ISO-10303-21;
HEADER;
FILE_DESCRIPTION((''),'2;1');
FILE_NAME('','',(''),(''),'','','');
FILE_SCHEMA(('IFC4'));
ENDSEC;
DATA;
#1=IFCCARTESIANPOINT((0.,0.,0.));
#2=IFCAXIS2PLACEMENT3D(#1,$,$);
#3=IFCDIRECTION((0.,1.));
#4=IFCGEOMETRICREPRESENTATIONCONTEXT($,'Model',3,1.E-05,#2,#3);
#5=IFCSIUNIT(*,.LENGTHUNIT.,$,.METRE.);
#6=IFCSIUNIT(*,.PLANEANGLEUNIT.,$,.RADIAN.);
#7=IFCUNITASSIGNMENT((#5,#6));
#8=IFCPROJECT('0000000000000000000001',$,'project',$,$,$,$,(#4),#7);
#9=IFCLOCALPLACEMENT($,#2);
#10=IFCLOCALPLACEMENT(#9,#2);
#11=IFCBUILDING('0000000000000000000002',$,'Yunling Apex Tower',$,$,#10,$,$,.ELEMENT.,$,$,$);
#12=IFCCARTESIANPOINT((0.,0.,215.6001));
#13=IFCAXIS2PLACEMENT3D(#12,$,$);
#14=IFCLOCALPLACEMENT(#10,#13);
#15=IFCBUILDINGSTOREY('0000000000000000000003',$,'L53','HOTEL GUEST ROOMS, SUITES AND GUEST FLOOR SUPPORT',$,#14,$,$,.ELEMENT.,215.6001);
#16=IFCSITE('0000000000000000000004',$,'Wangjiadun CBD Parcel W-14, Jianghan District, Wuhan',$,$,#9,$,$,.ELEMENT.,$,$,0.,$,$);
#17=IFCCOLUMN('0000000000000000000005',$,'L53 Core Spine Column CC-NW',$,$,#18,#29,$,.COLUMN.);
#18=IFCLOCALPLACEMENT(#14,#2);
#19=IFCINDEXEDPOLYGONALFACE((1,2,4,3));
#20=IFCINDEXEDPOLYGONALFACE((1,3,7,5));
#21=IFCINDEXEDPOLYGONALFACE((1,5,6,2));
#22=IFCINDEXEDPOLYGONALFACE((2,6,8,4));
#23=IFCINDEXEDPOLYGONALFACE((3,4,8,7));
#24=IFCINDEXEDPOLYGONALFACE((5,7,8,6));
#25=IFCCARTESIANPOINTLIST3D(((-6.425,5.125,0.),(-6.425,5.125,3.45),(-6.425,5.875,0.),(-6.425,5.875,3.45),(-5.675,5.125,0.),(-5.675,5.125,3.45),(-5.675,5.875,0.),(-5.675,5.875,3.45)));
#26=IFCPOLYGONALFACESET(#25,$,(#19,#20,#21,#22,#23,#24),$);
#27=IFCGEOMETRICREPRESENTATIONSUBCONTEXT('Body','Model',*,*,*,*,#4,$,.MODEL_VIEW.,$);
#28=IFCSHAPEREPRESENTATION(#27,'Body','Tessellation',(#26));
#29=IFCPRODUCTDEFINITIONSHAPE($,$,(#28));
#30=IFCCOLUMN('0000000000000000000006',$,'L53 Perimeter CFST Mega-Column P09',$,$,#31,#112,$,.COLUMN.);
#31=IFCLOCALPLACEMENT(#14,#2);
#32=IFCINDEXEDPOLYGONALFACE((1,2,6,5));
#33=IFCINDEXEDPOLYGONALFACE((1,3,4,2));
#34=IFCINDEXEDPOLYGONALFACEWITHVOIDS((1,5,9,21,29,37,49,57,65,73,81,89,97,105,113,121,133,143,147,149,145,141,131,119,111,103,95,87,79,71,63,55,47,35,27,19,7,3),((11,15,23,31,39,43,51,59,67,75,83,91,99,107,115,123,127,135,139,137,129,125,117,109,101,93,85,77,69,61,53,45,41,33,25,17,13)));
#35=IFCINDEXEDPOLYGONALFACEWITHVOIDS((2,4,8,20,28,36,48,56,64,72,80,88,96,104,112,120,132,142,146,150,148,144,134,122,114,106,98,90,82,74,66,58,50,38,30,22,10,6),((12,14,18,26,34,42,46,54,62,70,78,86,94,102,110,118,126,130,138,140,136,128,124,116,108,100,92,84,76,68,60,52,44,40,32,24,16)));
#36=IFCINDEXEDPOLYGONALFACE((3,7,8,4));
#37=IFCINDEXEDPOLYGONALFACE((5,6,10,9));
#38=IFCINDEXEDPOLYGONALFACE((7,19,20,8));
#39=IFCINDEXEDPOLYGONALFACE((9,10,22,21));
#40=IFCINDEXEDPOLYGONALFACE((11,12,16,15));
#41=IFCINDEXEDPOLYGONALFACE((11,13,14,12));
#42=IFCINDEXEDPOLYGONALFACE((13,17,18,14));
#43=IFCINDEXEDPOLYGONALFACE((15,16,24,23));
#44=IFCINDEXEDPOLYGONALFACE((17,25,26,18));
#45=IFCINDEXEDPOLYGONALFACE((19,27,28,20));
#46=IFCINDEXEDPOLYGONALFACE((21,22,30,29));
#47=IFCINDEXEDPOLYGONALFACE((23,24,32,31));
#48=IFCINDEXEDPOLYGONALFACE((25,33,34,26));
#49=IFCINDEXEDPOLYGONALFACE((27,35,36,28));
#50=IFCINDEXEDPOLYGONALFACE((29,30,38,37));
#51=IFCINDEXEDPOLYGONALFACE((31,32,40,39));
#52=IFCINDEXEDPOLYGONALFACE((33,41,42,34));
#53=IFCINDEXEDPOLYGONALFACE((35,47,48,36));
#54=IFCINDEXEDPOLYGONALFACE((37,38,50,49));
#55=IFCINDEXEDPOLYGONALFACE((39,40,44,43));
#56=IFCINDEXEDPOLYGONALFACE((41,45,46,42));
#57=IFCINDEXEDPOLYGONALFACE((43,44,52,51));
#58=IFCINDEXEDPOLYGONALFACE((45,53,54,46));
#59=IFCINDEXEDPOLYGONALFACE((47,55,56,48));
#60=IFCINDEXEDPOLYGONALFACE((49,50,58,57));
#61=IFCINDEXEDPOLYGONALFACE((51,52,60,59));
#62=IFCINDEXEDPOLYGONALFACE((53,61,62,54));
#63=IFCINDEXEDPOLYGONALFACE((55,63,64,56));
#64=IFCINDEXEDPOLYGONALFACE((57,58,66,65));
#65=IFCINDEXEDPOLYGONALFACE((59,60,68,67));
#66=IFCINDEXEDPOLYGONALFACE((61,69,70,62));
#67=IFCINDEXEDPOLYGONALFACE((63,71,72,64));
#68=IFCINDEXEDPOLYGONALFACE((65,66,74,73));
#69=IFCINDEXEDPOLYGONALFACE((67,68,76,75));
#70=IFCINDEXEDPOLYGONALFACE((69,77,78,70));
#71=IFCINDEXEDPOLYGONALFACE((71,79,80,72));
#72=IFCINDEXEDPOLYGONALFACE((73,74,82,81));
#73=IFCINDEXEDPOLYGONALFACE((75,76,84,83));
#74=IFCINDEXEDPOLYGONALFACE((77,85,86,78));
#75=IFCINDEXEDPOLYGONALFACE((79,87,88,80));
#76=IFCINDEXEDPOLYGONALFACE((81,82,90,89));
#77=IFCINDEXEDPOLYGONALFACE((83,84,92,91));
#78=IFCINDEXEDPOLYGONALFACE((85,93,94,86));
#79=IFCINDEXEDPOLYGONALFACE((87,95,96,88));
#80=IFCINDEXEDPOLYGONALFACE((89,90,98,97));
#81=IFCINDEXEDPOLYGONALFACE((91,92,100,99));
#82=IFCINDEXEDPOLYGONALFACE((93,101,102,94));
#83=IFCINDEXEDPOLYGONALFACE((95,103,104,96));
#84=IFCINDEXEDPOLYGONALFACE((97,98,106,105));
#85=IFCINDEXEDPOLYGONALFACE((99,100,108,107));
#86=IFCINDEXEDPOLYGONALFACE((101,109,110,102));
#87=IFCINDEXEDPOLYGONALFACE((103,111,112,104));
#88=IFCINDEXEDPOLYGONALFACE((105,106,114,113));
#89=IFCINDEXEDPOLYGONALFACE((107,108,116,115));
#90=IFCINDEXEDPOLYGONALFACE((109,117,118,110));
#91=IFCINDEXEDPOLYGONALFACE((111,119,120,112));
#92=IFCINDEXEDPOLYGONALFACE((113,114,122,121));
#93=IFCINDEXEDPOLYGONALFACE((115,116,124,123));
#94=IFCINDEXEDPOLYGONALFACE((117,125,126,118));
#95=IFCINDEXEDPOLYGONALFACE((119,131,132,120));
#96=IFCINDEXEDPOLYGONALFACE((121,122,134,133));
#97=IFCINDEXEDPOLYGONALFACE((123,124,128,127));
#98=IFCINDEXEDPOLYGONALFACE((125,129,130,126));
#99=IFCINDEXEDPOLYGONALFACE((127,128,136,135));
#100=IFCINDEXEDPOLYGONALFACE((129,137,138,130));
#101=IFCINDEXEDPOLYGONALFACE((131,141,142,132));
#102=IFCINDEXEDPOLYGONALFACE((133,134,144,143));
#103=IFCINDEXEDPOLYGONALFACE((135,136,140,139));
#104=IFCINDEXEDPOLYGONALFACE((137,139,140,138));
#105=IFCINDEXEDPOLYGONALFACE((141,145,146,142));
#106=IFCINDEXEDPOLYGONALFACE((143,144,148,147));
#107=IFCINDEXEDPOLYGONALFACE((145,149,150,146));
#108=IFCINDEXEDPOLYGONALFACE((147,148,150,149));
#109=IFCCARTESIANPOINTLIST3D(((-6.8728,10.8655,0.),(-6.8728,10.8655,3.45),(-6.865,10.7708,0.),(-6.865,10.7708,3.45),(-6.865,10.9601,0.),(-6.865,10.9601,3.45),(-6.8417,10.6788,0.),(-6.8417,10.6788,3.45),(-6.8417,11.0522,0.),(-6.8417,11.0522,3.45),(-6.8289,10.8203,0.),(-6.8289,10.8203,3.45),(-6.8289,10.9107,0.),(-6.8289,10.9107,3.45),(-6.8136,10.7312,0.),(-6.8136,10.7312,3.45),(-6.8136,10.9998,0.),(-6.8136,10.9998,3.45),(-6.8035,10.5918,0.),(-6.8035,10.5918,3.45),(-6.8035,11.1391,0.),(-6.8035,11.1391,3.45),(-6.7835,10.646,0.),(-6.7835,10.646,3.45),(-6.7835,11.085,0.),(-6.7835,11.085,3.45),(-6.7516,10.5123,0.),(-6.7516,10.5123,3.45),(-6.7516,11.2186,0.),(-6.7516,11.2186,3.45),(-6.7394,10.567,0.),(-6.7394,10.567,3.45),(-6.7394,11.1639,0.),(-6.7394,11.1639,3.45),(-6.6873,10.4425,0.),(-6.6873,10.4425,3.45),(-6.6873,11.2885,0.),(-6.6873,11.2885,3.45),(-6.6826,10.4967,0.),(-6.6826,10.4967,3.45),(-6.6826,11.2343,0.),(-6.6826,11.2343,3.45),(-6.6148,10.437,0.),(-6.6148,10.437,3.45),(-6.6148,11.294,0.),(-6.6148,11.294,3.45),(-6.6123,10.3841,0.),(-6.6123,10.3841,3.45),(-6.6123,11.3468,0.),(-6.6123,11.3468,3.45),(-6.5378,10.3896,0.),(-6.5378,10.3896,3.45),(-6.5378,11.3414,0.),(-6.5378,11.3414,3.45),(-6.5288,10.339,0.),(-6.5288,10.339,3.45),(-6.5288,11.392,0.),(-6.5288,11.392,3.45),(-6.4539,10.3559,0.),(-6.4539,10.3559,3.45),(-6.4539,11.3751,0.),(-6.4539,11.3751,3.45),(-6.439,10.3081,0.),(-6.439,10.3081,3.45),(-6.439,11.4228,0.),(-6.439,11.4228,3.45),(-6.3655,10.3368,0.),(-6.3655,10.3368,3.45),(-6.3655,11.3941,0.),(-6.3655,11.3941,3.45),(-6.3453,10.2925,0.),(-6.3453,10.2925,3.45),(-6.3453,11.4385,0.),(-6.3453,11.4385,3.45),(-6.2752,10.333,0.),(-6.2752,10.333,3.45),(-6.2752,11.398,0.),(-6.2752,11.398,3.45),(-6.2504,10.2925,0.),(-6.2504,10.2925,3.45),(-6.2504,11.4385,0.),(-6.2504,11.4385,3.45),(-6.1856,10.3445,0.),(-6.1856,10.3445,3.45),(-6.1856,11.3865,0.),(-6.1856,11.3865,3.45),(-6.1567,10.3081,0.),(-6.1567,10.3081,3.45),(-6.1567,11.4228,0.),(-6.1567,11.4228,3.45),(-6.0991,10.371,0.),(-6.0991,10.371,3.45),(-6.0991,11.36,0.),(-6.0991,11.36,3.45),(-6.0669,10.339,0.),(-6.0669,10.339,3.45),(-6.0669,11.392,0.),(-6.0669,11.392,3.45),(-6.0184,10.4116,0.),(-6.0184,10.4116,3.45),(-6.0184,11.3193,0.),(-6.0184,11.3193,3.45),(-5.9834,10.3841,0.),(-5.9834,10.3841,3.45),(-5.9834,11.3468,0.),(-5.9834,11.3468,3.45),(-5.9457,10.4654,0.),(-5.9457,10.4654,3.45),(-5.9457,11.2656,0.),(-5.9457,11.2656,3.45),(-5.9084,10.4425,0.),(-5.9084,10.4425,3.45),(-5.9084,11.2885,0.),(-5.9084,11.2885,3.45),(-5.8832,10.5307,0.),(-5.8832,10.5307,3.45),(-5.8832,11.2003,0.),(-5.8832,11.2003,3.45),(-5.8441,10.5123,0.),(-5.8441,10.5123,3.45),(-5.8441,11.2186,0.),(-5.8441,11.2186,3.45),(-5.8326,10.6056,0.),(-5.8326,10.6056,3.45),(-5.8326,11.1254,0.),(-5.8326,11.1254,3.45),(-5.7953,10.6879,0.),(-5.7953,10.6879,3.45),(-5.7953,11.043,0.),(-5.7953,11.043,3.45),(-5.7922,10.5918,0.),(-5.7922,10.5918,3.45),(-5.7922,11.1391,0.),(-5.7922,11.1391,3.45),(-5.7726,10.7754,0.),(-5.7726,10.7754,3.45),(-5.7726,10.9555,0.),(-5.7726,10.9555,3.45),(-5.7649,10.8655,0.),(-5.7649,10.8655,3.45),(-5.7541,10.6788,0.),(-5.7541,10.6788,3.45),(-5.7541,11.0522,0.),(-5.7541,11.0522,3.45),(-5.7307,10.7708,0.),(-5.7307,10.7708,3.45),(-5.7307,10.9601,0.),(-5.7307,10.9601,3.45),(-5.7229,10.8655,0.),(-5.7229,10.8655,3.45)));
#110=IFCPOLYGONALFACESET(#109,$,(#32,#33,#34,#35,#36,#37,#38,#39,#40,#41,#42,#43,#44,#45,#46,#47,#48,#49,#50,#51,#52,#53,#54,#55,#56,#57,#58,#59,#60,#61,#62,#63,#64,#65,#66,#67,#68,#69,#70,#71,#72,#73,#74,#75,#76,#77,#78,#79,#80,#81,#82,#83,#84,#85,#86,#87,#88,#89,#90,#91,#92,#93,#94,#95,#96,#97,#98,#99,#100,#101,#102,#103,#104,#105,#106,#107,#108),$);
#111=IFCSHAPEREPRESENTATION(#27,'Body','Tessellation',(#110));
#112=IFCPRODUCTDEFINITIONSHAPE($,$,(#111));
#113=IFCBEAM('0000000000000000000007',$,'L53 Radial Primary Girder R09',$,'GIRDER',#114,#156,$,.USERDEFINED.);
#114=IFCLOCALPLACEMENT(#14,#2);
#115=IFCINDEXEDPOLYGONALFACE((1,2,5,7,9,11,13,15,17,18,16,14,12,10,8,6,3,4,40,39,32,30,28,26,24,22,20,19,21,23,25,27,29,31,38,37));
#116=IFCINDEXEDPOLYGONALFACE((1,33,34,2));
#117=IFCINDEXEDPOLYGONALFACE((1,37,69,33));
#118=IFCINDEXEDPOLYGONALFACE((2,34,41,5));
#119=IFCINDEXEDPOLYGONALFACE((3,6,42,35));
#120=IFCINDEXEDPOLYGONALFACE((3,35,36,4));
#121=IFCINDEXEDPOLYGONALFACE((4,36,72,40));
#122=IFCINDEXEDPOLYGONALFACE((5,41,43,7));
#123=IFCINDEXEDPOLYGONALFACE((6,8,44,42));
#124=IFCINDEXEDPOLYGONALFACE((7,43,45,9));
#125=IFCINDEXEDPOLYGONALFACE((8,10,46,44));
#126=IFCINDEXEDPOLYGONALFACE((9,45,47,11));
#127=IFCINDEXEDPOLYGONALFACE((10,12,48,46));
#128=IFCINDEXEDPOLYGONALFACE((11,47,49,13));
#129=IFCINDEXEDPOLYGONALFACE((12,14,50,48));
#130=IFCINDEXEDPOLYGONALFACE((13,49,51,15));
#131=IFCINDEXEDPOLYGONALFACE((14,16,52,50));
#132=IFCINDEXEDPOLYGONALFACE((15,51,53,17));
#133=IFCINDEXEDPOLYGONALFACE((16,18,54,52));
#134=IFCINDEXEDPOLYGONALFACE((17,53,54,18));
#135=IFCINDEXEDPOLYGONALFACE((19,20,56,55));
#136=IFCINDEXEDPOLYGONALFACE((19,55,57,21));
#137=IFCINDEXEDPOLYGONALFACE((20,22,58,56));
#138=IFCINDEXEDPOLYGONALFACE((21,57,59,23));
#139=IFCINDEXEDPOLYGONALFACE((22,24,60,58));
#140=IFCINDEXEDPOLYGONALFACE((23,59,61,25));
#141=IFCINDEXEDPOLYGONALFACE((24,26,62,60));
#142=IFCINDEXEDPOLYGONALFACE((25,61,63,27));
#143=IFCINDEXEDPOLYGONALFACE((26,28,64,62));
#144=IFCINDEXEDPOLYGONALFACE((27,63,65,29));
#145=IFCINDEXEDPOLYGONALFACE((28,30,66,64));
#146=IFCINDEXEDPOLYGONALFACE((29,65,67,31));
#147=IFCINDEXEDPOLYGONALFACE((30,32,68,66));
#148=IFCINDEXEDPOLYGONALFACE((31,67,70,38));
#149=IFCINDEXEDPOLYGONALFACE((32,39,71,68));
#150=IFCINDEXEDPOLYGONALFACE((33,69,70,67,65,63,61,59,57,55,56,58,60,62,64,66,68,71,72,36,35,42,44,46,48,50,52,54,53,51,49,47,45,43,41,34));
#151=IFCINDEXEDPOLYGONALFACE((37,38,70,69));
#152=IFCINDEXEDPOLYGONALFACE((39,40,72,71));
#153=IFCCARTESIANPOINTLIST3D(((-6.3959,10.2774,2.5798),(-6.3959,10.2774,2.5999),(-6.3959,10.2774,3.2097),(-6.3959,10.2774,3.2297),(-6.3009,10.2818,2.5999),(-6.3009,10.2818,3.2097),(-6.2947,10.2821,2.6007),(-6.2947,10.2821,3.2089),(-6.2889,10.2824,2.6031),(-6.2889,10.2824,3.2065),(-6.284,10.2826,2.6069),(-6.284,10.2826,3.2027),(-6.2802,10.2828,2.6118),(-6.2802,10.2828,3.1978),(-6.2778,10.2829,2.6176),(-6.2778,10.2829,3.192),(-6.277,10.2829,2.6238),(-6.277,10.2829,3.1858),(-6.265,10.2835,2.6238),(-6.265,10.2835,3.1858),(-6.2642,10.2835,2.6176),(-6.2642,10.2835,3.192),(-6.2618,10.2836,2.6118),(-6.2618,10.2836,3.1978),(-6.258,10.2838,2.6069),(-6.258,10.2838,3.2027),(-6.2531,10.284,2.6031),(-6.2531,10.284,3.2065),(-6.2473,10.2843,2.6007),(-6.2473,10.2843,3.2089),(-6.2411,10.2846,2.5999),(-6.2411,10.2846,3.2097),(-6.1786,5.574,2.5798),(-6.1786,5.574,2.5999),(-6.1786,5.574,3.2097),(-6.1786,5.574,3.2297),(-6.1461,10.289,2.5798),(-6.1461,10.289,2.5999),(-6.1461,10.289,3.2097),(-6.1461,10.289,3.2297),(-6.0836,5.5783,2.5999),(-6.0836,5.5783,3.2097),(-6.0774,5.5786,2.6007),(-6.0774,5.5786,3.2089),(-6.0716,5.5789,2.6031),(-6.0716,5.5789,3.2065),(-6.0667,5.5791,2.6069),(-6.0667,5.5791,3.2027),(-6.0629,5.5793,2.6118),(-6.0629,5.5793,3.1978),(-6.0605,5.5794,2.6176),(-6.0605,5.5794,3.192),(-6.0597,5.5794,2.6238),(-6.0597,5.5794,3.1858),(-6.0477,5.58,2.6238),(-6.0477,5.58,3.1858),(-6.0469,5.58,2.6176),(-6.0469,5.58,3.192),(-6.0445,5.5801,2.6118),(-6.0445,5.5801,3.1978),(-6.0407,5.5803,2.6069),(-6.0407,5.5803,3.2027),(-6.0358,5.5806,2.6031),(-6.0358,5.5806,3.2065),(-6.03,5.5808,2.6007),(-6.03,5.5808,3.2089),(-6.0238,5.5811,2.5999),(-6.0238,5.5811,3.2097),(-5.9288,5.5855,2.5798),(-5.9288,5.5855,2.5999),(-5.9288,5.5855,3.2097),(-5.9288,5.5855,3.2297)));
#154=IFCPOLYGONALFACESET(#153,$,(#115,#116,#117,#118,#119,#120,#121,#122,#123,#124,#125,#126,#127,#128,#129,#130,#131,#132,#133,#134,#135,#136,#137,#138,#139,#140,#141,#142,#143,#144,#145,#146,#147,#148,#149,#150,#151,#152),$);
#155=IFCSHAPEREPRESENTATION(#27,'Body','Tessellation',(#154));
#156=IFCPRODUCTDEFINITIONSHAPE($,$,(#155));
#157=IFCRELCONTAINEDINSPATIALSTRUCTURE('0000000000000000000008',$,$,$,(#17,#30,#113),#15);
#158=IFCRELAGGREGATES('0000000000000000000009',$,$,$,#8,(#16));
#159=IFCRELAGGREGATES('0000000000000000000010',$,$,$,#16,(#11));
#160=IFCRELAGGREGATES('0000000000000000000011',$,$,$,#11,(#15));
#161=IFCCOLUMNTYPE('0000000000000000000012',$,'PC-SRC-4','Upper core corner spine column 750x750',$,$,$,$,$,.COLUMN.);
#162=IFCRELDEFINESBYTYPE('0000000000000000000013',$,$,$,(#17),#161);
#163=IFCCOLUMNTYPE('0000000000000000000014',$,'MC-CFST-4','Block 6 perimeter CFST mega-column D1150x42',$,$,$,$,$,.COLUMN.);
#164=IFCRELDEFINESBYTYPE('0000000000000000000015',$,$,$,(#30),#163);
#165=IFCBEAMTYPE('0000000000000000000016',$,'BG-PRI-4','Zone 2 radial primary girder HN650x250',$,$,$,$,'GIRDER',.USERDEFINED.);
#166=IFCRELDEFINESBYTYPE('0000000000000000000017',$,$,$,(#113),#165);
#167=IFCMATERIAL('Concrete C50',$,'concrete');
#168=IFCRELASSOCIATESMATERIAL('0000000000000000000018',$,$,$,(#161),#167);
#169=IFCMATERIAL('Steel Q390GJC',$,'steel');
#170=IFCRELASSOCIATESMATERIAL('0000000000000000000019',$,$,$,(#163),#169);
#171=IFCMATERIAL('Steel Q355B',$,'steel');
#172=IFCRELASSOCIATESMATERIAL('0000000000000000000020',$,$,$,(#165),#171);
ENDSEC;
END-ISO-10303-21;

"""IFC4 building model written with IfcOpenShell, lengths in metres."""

from ifc_helpers import new_model, si_unit, direction, frame, origin, origin_2d, place, context, subcontext, project, spatial, rectangle, hollow_circle, i_section, extrude, source, transform, mapped, material, material_profile, profile_set, type_object, element, save


model = new_model("IFC4")

# Units and contexts
model_context = context("Model", 3, precision=1e-05, world=origin(), true_north=direction((0.0, 1.0)))
body_context = subcontext(model_context, "Body", "Model", "MODEL_VIEW")
ifc_project = project(units=[si_unit("LENGTHUNIT", "METRE"), si_unit("PLANEANGLEUNIT", "RADIAN")], contexts=[model_context])

# Site, building, storey
site_placement = place(None, origin())
site = spatial("IfcSite", under=ifc_project, at=site_placement, Name="Wangjiadun CBD Parcel W-14, Jianghan District, Wuhan", CompositionType="ELEMENT", RefElevation=0.0)
building_placement = place(site_placement, origin())
building = spatial("IfcBuilding", under=site, at=building_placement, Name="Yunling Apex Tower", CompositionType="ELEMENT")
storey_placement = place(building_placement, frame((0.0, 0.0, 215.6001)))
storey = spatial("IfcBuildingStorey", under=building, at=storey_placement, Name="L53", Description="HOTEL GUEST ROOMS, SUITES AND GUEST FLOOR SUPPORT", CompositionType="ELEMENT", Elevation=215.6001)

# Columns
ifc_material_1 = material(Name="Concrete C50", Category="concrete")
ifc_material_profile_1 = material_profile(ifc_material_1, rectangle(XDim=0.75, YDim=0.75, at=origin_2d()))
ifc_profile_set_1 = profile_set([ifc_material_profile_1], Name="Concrete C50")
column_type_1 = type_object("IfcColumnType", Name="PC-SRC-4", Description="Upper core corner spine column 750x750", PredefinedType="COLUMN", material=ifc_profile_set_1)
shared_shape_1 = source(origin(), body_context, "Body", "SweptSolid", [
    extrude(rectangle(XDim=0.75, YDim=0.75, at=origin_2d()), origin(), (0.0, 0.0, 1.0), 3.45),
])
column_1_placement = place(storey_placement, frame((-6.05, 5.5, 0.0), z_axis=(0.0, 0.0, 1.0), x_axis=(1.0, 0.0, 0.0)))
element("IfcColumn", 1, at=column_1_placement, inside=storey, type_object=column_type_1, Name="L53 Core Spine Column CC-NW", PredefinedType="COLUMN", context=body_context, shape_type="MappedRepresentation", body=[
    mapped(shared_shape_1, transform((0.0, 0.0, 0.0), scale=1.0)),
])
ifc_material_2 = material(Name="Steel Q390GJC", Category="steel")
ifc_material_profile_2 = material_profile(ifc_material_2, hollow_circle(Radius=0.575, WallThickness=0.042, at=origin_2d()))
ifc_profile_set_2 = profile_set([ifc_material_profile_2], Name="Steel Q390GJC")
column_type_2 = type_object("IfcColumnType", Name="MC-CFST-4", Description="Block 6 perimeter CFST mega-column D1150x42", PredefinedType="COLUMN", material=ifc_profile_set_2)
shared_shape_2 = source(origin(), body_context, "Body", "SweptSolid", [
    extrude(hollow_circle(Radius=0.575, WallThickness=0.042, at=origin_2d()), origin(), (0.0, 0.0, 1.0), 3.45),
])
column_2_placement = place(storey_placement, frame((-6.2979, 10.8655, 0.0), z_axis=(0.0, 0.0, 1.0), x_axis=(1.0, 0.0, 0.0)))
element("IfcColumn", 2, at=column_2_placement, inside=storey, type_object=column_type_2, Name="L53 Perimeter CFST Mega-Column P09", PredefinedType="COLUMN", context=body_context, shape_type="MappedRepresentation", body=[
    mapped(shared_shape_2, transform((0.0, 0.0, 0.0), scale=1.0)),
])

# Beam
ifc_material_3 = material(Name="Steel Q355B", Category="steel")
ifc_material_profile_3 = material_profile(ifc_material_3, i_section(OverallWidth=0.25, OverallDepth=0.6499, WebThickness=0.012, FlangeThickness=0.02, FilletRadius=0.0239, at=origin_2d()))
ifc_profile_set_3 = profile_set([ifc_material_profile_3], Name="Steel Q355B")
beam_type_1 = type_object("IfcBeamType", Name="BG-PRI-4", Description="Zone 2 radial primary girder HN650x250", ElementType="GIRDER", PredefinedType="USERDEFINED", material=ifc_profile_set_3)
shared_shape_3 = source(origin(), body_context, "Body", "SweptSolid", [
    extrude(i_section(OverallWidth=0.25, OverallDepth=0.6499, WebThickness=0.012, FlangeThickness=0.02, FilletRadius=0.0239, at=origin_2d()), origin(), (0.0, 0.0, 1.0), 4.7085),
])
beam_1_placement = place(storey_placement, frame((-6.271, 10.2832, 2.9048), z_axis=(0.046149, -0.998935, 0.0), x_axis=(0.998935, 0.046149, 0.0)))
element("IfcBeam", 3, at=beam_1_placement, inside=storey, type_object=beam_type_1, Name="L53 Radial Primary Girder R09", ObjectType="GIRDER", PredefinedType="USERDEFINED", context=body_context, shape_type="MappedRepresentation", body=[
    mapped(shared_shape_3, transform((0.0, 0.0, 0.0), scale=1.0)),
])

save(model, "model.ifc")
